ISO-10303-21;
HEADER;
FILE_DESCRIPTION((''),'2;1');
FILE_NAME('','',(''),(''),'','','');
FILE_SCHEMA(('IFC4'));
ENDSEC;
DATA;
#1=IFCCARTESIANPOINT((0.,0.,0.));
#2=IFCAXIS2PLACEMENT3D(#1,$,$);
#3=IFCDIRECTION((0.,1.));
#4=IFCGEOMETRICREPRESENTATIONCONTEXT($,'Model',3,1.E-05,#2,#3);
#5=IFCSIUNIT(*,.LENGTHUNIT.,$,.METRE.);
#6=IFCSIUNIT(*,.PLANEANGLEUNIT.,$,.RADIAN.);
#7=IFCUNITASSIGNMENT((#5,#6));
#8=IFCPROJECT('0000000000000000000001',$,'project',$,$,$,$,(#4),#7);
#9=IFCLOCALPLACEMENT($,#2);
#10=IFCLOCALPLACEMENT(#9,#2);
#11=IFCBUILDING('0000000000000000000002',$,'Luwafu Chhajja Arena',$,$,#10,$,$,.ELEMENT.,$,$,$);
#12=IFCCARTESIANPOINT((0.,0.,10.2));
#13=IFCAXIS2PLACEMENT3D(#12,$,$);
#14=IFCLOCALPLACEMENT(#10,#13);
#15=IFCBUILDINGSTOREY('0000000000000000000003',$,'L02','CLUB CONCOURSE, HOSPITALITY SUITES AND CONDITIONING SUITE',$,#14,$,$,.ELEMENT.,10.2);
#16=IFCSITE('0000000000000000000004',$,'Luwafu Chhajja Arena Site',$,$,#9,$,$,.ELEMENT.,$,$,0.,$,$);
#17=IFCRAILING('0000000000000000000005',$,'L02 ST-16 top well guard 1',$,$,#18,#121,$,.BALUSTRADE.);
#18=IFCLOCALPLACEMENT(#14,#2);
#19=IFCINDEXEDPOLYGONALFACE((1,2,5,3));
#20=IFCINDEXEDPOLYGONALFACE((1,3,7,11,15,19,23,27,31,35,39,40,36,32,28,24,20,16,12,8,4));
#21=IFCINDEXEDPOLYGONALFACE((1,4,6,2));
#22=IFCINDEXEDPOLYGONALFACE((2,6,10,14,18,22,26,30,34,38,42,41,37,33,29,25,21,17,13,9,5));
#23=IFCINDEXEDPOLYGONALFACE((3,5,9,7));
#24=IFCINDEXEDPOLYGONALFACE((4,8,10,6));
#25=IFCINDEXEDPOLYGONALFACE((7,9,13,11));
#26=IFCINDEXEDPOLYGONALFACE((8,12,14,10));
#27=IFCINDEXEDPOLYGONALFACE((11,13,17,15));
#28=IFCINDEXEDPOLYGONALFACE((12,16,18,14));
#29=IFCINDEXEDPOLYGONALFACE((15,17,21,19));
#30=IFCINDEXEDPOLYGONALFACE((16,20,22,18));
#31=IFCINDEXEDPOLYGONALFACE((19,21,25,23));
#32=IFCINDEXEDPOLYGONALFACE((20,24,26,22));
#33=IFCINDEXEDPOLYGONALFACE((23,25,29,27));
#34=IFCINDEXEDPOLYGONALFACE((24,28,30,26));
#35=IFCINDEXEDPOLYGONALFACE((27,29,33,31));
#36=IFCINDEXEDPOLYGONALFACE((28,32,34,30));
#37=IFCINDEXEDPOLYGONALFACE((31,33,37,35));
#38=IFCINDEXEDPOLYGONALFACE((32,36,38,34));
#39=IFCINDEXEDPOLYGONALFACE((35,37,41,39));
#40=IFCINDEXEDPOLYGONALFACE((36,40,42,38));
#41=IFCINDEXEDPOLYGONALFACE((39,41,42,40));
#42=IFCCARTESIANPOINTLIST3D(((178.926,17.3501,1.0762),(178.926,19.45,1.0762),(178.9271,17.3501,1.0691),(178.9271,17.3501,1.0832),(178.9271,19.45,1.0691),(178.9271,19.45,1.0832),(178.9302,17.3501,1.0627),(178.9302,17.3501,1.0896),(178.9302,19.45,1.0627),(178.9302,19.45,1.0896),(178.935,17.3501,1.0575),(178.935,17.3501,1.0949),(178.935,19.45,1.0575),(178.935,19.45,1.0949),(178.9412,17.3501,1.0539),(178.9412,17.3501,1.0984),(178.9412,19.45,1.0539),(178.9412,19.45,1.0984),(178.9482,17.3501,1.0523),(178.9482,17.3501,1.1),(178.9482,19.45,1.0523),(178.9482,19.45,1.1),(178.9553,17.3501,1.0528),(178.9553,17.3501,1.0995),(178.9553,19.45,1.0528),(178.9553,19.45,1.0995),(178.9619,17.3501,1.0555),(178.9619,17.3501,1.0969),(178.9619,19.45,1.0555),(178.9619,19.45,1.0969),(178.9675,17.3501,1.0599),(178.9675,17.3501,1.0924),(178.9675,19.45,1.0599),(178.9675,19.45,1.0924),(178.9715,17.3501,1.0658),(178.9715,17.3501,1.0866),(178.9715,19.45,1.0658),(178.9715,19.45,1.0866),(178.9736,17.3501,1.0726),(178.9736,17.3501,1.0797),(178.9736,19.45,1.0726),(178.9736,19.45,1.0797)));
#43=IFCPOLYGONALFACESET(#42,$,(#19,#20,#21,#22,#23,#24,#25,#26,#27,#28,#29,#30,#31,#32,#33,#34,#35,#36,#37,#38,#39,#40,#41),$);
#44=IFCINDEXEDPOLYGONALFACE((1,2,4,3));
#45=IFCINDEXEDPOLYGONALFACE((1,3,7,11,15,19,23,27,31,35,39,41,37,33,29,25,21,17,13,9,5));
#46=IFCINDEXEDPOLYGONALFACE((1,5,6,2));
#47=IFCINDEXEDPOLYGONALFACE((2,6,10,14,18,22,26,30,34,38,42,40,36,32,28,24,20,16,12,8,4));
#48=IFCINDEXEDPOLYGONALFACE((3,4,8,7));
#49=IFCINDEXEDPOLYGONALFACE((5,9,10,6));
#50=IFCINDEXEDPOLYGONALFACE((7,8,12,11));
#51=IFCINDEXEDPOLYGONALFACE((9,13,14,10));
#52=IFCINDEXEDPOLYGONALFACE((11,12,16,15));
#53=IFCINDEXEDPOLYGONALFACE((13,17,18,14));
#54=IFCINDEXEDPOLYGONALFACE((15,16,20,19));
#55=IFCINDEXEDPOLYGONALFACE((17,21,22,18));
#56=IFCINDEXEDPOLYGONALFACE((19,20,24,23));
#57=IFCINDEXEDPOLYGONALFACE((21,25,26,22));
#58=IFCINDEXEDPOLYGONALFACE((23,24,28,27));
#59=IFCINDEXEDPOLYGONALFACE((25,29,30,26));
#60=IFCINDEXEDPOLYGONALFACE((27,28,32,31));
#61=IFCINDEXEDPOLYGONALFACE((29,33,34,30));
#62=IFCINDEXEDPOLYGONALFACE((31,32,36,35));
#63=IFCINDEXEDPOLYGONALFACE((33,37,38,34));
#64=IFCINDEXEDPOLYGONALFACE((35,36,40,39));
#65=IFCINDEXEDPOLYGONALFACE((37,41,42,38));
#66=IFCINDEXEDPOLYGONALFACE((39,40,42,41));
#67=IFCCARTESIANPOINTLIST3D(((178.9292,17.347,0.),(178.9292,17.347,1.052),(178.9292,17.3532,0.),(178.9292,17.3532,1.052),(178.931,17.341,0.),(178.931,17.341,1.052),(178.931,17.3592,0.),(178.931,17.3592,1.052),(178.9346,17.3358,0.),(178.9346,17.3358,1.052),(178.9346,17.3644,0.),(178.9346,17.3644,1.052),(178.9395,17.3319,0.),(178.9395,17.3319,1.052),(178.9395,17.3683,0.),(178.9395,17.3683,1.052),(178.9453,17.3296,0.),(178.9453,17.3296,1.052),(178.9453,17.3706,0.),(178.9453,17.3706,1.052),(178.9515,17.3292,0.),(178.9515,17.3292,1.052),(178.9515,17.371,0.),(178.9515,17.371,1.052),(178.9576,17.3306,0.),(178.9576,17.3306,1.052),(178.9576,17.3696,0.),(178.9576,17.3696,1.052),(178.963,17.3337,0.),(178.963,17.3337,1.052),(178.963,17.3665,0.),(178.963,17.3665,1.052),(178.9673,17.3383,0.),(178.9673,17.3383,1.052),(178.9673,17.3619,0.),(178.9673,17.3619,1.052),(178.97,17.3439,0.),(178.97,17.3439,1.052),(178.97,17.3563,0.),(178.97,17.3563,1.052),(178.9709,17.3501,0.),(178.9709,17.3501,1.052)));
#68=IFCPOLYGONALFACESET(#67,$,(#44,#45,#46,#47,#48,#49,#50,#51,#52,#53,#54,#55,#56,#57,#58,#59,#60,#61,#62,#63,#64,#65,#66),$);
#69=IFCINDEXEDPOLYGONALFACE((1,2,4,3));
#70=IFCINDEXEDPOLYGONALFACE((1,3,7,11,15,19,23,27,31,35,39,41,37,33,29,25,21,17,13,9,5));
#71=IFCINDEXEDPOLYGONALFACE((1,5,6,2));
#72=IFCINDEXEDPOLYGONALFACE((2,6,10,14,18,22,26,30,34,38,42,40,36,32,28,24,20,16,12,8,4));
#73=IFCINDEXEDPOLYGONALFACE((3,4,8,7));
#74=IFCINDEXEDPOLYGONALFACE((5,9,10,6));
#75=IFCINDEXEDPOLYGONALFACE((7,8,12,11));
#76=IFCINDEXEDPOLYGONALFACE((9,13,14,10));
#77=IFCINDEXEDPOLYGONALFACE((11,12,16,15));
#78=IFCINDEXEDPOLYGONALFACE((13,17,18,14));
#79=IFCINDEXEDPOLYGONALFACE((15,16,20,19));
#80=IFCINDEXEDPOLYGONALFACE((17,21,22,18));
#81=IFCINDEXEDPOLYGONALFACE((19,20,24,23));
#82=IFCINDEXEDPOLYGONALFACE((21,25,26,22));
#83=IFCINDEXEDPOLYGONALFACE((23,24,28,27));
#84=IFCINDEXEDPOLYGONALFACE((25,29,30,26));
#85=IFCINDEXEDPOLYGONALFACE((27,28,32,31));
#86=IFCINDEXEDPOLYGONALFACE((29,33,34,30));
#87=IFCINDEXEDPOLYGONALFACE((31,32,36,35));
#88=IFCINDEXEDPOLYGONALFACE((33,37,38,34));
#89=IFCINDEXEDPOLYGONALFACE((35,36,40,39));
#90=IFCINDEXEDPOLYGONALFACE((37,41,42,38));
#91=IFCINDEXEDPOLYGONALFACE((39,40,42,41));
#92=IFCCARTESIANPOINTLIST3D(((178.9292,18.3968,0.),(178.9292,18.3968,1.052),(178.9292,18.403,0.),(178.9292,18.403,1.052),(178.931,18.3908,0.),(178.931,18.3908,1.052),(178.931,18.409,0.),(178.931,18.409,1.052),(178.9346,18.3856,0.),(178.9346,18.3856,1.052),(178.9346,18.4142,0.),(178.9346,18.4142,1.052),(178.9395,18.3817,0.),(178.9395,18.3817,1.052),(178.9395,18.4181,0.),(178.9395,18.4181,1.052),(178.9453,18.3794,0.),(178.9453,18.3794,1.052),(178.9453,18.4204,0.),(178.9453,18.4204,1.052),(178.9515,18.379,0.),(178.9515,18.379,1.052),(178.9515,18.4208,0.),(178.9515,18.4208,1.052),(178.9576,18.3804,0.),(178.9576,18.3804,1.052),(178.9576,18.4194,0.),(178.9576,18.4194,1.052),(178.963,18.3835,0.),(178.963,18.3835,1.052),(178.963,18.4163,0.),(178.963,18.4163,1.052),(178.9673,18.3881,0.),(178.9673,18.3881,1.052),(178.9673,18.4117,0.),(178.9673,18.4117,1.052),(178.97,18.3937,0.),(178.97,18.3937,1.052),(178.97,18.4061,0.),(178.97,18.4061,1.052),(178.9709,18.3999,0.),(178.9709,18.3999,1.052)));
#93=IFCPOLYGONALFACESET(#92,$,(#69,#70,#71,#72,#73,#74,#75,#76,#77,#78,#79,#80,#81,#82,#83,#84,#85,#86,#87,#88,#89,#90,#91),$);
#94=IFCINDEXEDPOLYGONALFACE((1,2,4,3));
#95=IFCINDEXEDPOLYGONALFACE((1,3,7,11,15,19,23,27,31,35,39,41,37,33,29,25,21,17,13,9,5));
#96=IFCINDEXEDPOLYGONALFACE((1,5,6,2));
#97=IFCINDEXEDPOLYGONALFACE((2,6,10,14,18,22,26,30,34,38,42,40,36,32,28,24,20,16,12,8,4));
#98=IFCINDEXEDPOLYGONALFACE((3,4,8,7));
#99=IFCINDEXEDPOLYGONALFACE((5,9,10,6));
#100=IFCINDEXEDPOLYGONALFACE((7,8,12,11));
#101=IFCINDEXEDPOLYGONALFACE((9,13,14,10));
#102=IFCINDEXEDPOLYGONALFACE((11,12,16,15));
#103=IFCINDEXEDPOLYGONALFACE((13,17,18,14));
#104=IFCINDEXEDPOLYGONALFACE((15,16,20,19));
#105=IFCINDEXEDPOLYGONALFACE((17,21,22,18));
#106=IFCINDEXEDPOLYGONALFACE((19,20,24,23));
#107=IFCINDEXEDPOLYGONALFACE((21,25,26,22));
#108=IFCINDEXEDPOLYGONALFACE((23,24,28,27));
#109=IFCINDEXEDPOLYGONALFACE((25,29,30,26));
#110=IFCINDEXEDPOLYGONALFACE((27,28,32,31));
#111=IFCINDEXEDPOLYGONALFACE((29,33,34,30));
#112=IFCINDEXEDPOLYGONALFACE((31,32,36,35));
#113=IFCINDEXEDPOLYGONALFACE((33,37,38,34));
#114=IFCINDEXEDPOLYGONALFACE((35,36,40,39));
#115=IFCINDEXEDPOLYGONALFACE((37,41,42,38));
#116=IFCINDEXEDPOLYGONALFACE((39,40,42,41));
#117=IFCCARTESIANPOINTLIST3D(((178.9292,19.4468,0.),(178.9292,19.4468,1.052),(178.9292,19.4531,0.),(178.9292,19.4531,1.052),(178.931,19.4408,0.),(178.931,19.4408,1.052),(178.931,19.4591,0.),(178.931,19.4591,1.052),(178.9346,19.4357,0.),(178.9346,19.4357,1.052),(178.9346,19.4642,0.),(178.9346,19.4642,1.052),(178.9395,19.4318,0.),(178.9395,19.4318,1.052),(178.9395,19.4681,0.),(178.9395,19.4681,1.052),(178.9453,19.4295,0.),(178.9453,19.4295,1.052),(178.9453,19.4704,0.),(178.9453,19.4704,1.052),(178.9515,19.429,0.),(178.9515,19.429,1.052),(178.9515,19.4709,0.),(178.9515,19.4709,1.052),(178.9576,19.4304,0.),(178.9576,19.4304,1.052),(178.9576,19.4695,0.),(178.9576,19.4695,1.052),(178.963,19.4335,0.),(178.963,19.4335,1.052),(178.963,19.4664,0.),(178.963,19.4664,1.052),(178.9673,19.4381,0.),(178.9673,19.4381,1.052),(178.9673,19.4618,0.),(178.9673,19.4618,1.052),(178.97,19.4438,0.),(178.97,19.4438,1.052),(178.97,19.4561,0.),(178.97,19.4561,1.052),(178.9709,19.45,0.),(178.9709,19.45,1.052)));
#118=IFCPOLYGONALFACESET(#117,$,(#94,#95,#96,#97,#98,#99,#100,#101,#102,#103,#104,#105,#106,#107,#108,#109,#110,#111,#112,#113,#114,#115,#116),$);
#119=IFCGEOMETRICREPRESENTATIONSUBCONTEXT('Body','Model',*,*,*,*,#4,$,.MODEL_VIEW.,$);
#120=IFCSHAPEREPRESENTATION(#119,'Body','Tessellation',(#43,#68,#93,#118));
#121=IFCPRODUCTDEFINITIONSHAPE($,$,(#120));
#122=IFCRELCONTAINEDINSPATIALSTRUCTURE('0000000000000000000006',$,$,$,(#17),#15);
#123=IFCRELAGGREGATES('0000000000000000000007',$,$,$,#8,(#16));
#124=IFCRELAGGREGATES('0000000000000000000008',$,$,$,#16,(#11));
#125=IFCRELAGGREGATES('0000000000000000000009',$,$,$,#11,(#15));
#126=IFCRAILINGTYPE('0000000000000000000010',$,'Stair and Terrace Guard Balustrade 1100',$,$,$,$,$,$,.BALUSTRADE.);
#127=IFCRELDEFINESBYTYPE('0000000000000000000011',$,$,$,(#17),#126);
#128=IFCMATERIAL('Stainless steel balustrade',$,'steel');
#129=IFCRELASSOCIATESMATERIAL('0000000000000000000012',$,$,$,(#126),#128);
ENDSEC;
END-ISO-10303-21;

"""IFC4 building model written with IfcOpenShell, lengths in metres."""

from ifc_helpers import new_model, si_unit, direction, frame, origin, origin_2d, place, context, subcontext, project, spatial, circle, extrude, material, type_object, element, save


model = new_model("IFC4")

# Units and contexts
model_context = context("Model", 3, precision=1e-05, world=origin(), true_north=direction((0.0, 1.0)))
body_context = subcontext(model_context, "Body", "Model", "MODEL_VIEW")
ifc_project = project(units=[si_unit("LENGTHUNIT", "METRE"), si_unit("PLANEANGLEUNIT", "RADIAN")], contexts=[model_context])

# Site, building, storey
site_placement = place(None, origin())
site = spatial("IfcSite", under=ifc_project, at=site_placement, Name="Luwafu Chhajja Arena Site", CompositionType="ELEMENT", RefElevation=0.0)
building_placement = place(site_placement, origin())
building = spatial("IfcBuilding", under=site, at=building_placement, Name="Luwafu Chhajja Arena", CompositionType="ELEMENT")
storey_placement = place(building_placement, frame((0.0, 0.0, 10.2)))
storey = spatial("IfcBuildingStorey", under=building, at=storey_placement, Name="L02", Description="CLUB CONCOURSE, HOSPITALITY SUITES AND CONDITIONING SUITE", CompositionType="ELEMENT", Elevation=10.2)

# Railing
ifc_material_1 = material(Name="Stainless steel balustrade", Category="steel")
railing_type = type_object("IfcRailingType", Name="Stair and Terrace Guard Balustrade 1100", PredefinedType="BALUSTRADE", material=ifc_material_1)
railing_1_placement = place(storey_placement, frame((178.95, 17.3501, 0.0)))
element("IfcRailing", 1, at=railing_1_placement, inside=storey, type_object=railing_type, Name="L02 ST-16 top well guard 1", PredefinedType="BALUSTRADE", context=body_context, shape_type="SweptSolid", body=[
    extrude(circle(Radius=0.0239, at=origin_2d()), frame((0.0, 0.0, 1.0762), z_axis=(0.0, 1.0, 0.0), x_axis=(-1.0, 0.0, 0.0)), (0.0, 0.0, 1.0), 2.0999),
    extrude(circle(Radius=0.021, at=origin_2d()), origin(), (0.0, 0.0, 1.0), 1.052),
    extrude(circle(Radius=0.021, at=origin_2d()), frame((0.0, 1.0498, 0.0)), (0.0, 0.0, 1.0), 1.052),
    extrude(circle(Radius=0.021, at=origin_2d()), frame((0.0, 2.0999, 0.0)), (0.0, 0.0, 1.0), 1.052),
])

save(model, "model.ifc")
